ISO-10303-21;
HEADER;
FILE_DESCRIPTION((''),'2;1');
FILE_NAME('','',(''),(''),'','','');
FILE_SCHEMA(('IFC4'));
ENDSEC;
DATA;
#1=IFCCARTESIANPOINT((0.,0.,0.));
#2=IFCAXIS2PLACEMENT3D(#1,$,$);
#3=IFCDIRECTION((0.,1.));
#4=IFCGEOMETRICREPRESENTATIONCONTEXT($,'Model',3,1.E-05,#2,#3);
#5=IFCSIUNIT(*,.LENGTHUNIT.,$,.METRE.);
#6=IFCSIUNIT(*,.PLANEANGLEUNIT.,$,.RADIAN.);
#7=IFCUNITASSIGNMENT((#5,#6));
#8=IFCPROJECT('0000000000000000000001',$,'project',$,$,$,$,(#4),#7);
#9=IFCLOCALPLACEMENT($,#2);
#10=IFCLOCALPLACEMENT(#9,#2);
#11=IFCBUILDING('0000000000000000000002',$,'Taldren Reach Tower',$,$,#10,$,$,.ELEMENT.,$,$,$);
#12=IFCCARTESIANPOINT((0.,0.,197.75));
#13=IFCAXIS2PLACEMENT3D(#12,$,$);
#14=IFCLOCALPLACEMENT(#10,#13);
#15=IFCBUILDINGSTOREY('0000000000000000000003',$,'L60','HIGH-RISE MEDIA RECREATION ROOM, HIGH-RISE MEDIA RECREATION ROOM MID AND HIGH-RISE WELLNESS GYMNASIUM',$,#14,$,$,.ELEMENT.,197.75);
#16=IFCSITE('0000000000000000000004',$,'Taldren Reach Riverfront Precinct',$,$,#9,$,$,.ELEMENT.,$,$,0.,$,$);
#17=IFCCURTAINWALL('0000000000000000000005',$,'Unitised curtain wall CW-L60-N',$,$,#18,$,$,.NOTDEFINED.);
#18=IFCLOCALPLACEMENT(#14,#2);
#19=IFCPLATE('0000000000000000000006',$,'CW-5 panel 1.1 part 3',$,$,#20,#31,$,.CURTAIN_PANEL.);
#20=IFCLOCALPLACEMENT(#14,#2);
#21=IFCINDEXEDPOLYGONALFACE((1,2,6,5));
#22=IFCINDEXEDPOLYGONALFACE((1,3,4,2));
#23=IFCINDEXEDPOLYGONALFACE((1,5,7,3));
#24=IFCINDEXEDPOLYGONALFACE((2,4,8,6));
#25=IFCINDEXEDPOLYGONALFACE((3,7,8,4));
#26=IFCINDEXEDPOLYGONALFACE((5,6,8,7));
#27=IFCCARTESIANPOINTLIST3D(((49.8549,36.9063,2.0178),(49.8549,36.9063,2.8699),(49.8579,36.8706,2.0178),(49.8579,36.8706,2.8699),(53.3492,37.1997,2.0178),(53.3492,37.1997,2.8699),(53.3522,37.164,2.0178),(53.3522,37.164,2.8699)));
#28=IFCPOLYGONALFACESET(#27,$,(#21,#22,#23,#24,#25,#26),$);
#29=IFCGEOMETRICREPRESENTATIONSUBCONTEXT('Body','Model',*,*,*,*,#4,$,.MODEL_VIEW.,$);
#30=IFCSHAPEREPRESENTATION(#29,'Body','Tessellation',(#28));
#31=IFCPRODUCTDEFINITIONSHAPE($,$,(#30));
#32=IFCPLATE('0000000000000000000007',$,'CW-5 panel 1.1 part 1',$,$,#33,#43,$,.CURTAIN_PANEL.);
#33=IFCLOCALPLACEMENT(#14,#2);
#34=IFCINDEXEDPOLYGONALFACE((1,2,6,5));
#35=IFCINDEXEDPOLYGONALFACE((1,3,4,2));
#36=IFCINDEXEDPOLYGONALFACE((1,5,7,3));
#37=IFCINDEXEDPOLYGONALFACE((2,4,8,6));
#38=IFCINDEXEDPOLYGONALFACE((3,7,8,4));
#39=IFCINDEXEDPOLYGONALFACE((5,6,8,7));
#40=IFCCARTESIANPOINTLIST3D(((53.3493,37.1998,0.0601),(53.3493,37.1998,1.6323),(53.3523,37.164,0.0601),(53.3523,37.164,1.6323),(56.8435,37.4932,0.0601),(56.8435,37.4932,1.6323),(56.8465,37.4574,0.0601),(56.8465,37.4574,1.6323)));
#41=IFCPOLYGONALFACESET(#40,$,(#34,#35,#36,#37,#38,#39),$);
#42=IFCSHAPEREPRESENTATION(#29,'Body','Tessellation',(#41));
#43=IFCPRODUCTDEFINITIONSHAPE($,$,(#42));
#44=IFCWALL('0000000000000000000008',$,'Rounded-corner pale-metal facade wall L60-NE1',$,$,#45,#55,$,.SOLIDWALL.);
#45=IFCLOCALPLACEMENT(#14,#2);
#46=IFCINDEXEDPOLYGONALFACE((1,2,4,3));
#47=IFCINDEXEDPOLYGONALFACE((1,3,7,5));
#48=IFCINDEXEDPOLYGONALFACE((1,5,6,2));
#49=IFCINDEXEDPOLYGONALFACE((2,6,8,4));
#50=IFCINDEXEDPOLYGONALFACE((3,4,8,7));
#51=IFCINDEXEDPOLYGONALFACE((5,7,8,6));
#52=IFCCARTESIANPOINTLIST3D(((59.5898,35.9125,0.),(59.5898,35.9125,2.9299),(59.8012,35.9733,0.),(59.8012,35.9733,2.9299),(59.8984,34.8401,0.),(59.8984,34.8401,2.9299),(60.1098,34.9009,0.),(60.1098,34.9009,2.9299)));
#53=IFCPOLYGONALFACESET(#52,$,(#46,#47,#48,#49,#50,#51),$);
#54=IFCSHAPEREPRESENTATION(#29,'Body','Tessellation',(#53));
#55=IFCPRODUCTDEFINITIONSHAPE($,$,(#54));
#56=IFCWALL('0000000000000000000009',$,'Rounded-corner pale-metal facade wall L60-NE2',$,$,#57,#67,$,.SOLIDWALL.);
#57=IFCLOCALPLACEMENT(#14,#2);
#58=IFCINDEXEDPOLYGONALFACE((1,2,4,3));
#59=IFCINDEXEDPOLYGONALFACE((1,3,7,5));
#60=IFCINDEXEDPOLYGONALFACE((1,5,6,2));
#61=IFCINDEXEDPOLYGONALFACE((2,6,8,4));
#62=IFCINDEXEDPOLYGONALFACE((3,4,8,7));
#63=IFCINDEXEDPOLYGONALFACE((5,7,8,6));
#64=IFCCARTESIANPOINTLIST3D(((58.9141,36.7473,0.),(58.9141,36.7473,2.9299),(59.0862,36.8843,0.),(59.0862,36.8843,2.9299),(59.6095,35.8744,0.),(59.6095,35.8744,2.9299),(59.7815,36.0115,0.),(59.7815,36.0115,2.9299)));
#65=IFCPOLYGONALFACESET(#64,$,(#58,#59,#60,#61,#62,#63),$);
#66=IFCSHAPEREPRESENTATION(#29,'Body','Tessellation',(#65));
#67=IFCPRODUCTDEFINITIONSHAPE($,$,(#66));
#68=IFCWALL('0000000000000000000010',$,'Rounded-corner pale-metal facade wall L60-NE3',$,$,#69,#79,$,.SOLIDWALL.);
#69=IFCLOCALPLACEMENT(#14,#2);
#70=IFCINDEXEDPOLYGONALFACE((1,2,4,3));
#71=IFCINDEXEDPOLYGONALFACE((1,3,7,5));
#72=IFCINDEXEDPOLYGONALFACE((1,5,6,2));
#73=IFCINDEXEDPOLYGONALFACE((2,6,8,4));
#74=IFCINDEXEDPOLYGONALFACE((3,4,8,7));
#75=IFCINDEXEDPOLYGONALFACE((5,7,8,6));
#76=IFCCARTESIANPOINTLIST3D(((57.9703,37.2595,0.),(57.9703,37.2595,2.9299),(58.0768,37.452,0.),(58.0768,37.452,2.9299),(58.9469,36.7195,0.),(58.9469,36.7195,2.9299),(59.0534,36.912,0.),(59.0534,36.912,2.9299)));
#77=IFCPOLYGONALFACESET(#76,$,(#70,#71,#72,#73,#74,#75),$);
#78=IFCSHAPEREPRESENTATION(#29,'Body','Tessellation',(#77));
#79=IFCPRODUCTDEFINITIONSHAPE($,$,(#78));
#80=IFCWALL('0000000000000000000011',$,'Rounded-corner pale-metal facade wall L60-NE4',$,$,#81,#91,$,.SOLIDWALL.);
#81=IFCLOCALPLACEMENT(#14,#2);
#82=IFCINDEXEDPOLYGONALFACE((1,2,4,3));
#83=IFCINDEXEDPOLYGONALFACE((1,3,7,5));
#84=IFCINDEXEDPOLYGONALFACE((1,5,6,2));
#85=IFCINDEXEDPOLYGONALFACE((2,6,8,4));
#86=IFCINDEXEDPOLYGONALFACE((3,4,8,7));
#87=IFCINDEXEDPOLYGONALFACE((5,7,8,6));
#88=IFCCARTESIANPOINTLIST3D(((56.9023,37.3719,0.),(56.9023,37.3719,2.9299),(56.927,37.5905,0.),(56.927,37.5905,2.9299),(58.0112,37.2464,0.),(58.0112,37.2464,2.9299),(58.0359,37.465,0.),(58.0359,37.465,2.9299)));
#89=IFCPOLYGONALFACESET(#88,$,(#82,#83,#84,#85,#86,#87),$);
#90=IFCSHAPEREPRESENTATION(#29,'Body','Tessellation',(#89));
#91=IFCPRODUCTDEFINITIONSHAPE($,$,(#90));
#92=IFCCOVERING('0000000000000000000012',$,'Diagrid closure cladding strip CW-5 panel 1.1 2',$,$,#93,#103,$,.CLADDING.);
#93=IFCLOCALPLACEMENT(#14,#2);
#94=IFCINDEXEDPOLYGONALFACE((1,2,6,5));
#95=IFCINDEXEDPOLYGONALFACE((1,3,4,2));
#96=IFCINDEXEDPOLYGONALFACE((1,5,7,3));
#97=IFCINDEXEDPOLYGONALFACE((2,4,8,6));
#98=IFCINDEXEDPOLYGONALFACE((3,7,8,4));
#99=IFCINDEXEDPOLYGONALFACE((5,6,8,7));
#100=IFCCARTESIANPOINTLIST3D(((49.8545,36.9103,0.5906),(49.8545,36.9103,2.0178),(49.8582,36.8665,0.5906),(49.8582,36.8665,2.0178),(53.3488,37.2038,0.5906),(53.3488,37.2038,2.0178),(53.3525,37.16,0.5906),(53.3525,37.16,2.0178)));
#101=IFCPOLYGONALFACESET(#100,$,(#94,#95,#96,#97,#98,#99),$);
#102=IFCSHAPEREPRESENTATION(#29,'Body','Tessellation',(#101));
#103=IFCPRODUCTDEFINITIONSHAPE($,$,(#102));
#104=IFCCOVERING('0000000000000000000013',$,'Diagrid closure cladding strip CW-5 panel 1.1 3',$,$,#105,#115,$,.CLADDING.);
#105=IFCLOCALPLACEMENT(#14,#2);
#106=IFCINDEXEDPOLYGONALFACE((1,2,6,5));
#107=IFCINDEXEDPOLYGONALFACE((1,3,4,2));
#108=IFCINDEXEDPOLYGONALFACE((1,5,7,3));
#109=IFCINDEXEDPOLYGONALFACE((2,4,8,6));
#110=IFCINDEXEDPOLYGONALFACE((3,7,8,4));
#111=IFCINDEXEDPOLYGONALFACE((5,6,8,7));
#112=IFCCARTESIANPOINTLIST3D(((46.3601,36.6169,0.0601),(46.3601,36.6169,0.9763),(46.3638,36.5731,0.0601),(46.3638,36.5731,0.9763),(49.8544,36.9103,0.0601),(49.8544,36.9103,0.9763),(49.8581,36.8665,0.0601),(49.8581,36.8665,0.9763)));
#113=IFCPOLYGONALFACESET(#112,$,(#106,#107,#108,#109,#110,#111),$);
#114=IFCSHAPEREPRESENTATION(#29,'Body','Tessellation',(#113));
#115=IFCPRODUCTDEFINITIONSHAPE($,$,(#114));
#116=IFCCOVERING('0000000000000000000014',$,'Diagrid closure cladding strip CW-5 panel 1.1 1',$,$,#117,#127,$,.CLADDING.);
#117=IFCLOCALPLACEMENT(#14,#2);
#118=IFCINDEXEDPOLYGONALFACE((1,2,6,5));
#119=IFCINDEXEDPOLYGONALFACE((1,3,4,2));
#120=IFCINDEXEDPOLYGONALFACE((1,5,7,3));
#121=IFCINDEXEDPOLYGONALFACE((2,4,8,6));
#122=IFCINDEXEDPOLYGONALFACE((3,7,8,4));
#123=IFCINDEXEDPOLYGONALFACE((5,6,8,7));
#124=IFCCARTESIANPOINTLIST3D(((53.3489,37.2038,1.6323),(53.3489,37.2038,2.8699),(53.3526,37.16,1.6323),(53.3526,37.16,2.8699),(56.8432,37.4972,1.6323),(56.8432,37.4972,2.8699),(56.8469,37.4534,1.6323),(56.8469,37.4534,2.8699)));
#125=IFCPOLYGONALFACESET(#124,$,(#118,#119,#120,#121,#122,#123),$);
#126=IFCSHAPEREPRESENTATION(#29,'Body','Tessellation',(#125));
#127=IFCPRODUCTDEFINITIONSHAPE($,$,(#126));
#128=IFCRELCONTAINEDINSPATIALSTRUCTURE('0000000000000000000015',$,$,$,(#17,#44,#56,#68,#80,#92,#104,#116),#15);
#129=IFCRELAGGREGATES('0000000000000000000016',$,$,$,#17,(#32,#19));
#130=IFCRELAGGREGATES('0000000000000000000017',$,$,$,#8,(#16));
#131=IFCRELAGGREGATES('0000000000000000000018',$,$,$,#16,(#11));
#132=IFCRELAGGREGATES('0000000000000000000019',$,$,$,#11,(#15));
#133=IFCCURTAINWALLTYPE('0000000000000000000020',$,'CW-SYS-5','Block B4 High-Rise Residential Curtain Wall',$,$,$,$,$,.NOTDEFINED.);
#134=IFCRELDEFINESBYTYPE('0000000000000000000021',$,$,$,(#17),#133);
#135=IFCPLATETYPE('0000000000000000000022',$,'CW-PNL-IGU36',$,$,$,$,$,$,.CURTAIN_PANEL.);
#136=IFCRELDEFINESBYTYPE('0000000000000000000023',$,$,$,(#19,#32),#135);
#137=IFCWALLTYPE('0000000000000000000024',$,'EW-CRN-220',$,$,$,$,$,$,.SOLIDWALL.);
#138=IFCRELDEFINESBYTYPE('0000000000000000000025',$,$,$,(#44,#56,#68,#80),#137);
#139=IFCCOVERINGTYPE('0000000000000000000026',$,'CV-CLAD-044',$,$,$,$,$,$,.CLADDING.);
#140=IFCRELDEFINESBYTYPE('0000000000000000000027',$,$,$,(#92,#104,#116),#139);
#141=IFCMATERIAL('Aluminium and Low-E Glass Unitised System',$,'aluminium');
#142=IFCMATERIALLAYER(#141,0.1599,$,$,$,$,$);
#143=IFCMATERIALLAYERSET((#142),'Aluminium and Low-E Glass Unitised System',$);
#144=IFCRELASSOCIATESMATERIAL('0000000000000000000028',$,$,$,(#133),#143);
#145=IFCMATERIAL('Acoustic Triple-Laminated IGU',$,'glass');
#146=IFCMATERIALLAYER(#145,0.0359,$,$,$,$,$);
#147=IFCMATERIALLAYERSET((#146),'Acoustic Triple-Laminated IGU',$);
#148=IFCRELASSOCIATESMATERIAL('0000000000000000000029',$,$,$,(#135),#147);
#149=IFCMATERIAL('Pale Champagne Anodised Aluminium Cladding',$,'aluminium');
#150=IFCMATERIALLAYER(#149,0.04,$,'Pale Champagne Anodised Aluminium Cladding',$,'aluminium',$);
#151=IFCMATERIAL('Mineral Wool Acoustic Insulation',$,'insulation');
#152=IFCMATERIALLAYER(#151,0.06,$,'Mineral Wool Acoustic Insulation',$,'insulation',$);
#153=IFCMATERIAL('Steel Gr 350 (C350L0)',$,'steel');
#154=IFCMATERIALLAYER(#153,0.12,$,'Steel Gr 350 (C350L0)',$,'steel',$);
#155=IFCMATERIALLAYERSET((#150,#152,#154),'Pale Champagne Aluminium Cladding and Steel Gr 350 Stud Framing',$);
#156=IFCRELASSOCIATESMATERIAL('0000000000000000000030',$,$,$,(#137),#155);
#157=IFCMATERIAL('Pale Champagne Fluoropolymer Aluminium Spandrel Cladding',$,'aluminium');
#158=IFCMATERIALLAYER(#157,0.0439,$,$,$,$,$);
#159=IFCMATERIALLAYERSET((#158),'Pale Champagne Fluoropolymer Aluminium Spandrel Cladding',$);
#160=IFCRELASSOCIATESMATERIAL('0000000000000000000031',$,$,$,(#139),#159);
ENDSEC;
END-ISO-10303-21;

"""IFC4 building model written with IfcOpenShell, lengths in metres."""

from ifc_helpers import new_model, si_unit, direction, frame, frame_2d, origin, origin_2d, place, context, subcontext, project, spatial, rectangle, extrude, source, transform, mapped, material, layer, layer_set, type_object, element, aggregate, save


model = new_model("IFC4")

# Units and contexts
model_context = context("Model", 3, precision=1e-05, world=origin(), true_north=direction((0.0, 1.0)))
body_context = subcontext(model_context, "Body", "Model", "MODEL_VIEW")
ifc_project = project(units=[si_unit("LENGTHUNIT", "METRE"), si_unit("PLANEANGLEUNIT", "RADIAN")], contexts=[model_context])

# Site, building, storey
site_placement = place(None, origin())
site = spatial("IfcSite", under=ifc_project, at=site_placement, Name="Taldren Reach Riverfront Precinct", CompositionType="ELEMENT", RefElevation=0.0)
building_placement = place(site_placement, origin())
building = spatial("IfcBuilding", under=site, at=building_placement, Name="Taldren Reach Tower", CompositionType="ELEMENT")
storey_placement = place(building_placement, frame((0.0, 0.0, 197.75)))
storey = spatial("IfcBuildingStorey", under=building, at=storey_placement, Name="L60", Description="HIGH-RISE MEDIA RECREATION ROOM, HIGH-RISE MEDIA RECREATION ROOM MID AND HIGH-RISE WELLNESS GYMNASIUM", CompositionType="ELEMENT", Elevation=197.75)

# Shared definitions
ifc_material_1 = material(Name="Steel Gr 350 (C350L0)", Category="steel")

# Curtain wall
ifc_material_2 = material(Name="Aluminium and Low-E Glass Unitised System", Category="aluminium")
ifc_layer_1 = layer(ifc_material_2, 0.1599)
ifc_layer_set_1 = layer_set([ifc_layer_1], Name="Aluminium and Low-E Glass Unitised System")
curtain_wall_type = type_object("IfcCurtainWallType", Name="CW-SYS-5", Description="Block B4 High-Rise Residential Curtain Wall", PredefinedType="NOTDEFINED", material=ifc_layer_set_1)
curtain_wall_placement = place(storey_placement, origin())
curtain_wall = element("IfcCurtainWall", 1, at=curtain_wall_placement, inside=storey, type_object=curtain_wall_type, Name="Unitised curtain wall CW-L60-N", PredefinedType="NOTDEFINED")

# Plates
ifc_material_3 = material(Name="Acoustic Triple-Laminated IGU", Category="glass")
ifc_layer_2 = layer(ifc_material_3, 0.0359)
ifc_layer_set_2 = layer_set([ifc_layer_2], Name="Acoustic Triple-Laminated IGU")
plate_type_1 = type_object("IfcPlateType", Name="CW-PNL-IGU36", PredefinedType="CURTAIN_PANEL", material=ifc_layer_set_2)
shared_shape_1 = source(origin(), body_context, "Body", "SweptSolid", [
    extrude(rectangle(XDim=3.5066, YDim=0.0359, at=origin_2d()), origin(), (0.0, 0.0, 1.0), 0.8521),
])
plate_1_placement = place(storey_placement, frame((51.6035, 37.0352, 2.0178), z_axis=(0.0, 0.0, 1.0), x_axis=(-0.996493, -0.083678, 0.0)))
plate_1 = element("IfcPlate", 2, at=plate_1_placement, type_object=plate_type_1, Name="CW-5 panel 1.1 part 3", PredefinedType="CURTAIN_PANEL", context=body_context, shape_type="MappedRepresentation", body=[
    mapped(shared_shape_1, transform((0.0, 0.0, 0.0), scale=1.0)),
])
shared_shape_2 = source(origin(), body_context, "Body", "SweptSolid", [
    extrude(rectangle(XDim=3.5066, YDim=0.0359, at=origin_2d()), origin(), (0.0, 0.0, 1.0), 1.5723),
])
plate_2_placement = place(storey_placement, frame((55.0979, 37.3286, 0.0601), z_axis=(0.0, 0.0, 1.0), x_axis=(-0.996493, -0.083678, 0.0)))
plate_2 = element("IfcPlate", 3, at=plate_2_placement, type_object=plate_type_1, Name="CW-5 panel 1.1 part 1", PredefinedType="CURTAIN_PANEL", context=body_context, shape_type="MappedRepresentation", body=[
    mapped(shared_shape_2, transform((0.0, 0.0, 0.0), scale=1.0)),
])
aggregate(curtain_wall, [plate_2, plate_1])

# Walls
ifc_material_4 = material(Name="Pale Champagne Anodised Aluminium Cladding", Category="aluminium")
ifc_layer_3 = layer(ifc_material_4, 0.04, Name="Pale Champagne Anodised Aluminium Cladding", Category="aluminium")
ifc_material_5 = material(Name="Mineral Wool Acoustic Insulation", Category="insulation")
ifc_layer_4 = layer(ifc_material_5, 0.06, Name="Mineral Wool Acoustic Insulation", Category="insulation")
ifc_layer_5 = layer(ifc_material_1, 0.12, Name="Steel Gr 350 (C350L0)", Category="steel")
ifc_layer_set_3 = layer_set([ifc_layer_3, ifc_layer_4, ifc_layer_5], Name="Pale Champagne Aluminium Cladding and Steel Gr 350 Stud Framing")
wall_type = type_object("IfcWallType", Name="EW-CRN-220", PredefinedType="SOLIDWALL", material=ifc_layer_set_3)
shared_shape_3 = source(origin(), body_context, "Body", "SweptSolid", [
    extrude(rectangle(XDim=1.116, YDim=0.22, at=frame_2d((0.5581, 0.0))), origin(), (0.0, 0.0, 1.0), 2.9299),
])
for number, where, z_axis, x_axis, name in (
    (4, (60.0042, 34.8704, 0.0), (0.0, 0.0, 1.0), (-0.276512, 0.96101, 0.0), "Rounded-corner pale-metal facade wall L60-NE1"),
    (5, (59.6956, 35.9429, 0.0), (0.0, 0.0, 1.0), (-0.623093, 0.782148, 0.0), "Rounded-corner pale-metal facade wall L60-NE2"),
    (6, (59.0002, 36.8157, 0.0), (0.0, 0.0, 1.0), (-0.875105, 0.483933, 0.0), "Rounded-corner pale-metal facade wall L60-NE3"),
    (7, (58.0237, 37.3557, 0.0), (0.0, 0.0, 1.0), (-0.993658, 0.112448, 0.0), "Rounded-corner pale-metal facade wall L60-NE4"),
):
    element("IfcWall", number, at=place(storey_placement, frame(where, z_axis=z_axis, x_axis=x_axis)), inside=storey, type_object=wall_type, Name=name, PredefinedType="SOLIDWALL", context=body_context, shape_type="MappedRepresentation", body=[
        mapped(shared_shape_3, transform((0.0, 0.0, 0.0), scale=1.0)),
    ])

# Coverings
ifc_material_6 = material(Name="Pale Champagne Fluoropolymer Aluminium Spandrel Cladding", Category="aluminium")
ifc_layer_6 = layer(ifc_material_6, 0.0439)
ifc_layer_set_4 = layer_set([ifc_layer_6], Name="Pale Champagne Fluoropolymer Aluminium Spandrel Cladding")
covering_type = type_object("IfcCoveringType", Name="CV-CLAD-044", PredefinedType="CLADDING", material=ifc_layer_set_4)
shared_shape_4 = source(origin(), body_context, "Body", "SweptSolid", [
    extrude(rectangle(XDim=3.5066, YDim=0.0439, at=origin_2d()), origin(), (0.0, 0.0, 1.0), 1.4272),
])
covering_1_placement = place(storey_placement, frame((51.6035, 37.0352, 0.5906), z_axis=(0.0, 0.0, 1.0), x_axis=(-0.996493, -0.083678, 0.0)))
element("IfcCovering", 8, at=covering_1_placement, inside=storey, type_object=covering_type, Name="Diagrid closure cladding strip CW-5 panel 1.1 2", PredefinedType="CLADDING", context=body_context, shape_type="MappedRepresentation", body=[
    mapped(shared_shape_4, transform((0.0, 0.0, 0.0), scale=1.0)),
])
shared_shape_5 = source(origin(), body_context, "Body", "SweptSolid", [
    extrude(rectangle(XDim=3.5066, YDim=0.0439, at=origin_2d()), origin(), (0.0, 0.0, 1.0), 0.9163),
])
covering_2_placement = place(storey_placement, frame((48.1091, 36.7417, 0.0601), z_axis=(0.0, 0.0, 1.0), x_axis=(-0.996493, -0.083678, 0.0)))
element("IfcCovering", 9, at=covering_2_placement, inside=storey, type_object=covering_type, Name="Diagrid closure cladding strip CW-5 panel 1.1 3", PredefinedType="CLADDING", context=body_context, shape_type="MappedRepresentation", body=[
    mapped(shared_shape_5, transform((0.0, 0.0, 0.0), scale=1.0)),
])
shared_shape_6 = source(origin(), body_context, "Body", "SweptSolid", [
    extrude(rectangle(XDim=3.5066, YDim=0.0439, at=origin_2d()), origin(), (0.0, 0.0, 1.0), 1.2375),
])
covering_3_placement = place(storey_placement, frame((55.0979, 37.3286, 1.6323), z_axis=(0.0, 0.0, 1.0), x_axis=(-0.996493, -0.083678, 0.0)))
element("IfcCovering", 10, at=covering_3_placement, inside=storey, type_object=covering_type, Name="Diagrid closure cladding strip CW-5 panel 1.1 1", PredefinedType="CLADDING", context=body_context, shape_type="MappedRepresentation", body=[
    mapped(shared_shape_6, transform((0.0, 0.0, 0.0), scale=1.0)),
])

save(model, "model.ifc")
